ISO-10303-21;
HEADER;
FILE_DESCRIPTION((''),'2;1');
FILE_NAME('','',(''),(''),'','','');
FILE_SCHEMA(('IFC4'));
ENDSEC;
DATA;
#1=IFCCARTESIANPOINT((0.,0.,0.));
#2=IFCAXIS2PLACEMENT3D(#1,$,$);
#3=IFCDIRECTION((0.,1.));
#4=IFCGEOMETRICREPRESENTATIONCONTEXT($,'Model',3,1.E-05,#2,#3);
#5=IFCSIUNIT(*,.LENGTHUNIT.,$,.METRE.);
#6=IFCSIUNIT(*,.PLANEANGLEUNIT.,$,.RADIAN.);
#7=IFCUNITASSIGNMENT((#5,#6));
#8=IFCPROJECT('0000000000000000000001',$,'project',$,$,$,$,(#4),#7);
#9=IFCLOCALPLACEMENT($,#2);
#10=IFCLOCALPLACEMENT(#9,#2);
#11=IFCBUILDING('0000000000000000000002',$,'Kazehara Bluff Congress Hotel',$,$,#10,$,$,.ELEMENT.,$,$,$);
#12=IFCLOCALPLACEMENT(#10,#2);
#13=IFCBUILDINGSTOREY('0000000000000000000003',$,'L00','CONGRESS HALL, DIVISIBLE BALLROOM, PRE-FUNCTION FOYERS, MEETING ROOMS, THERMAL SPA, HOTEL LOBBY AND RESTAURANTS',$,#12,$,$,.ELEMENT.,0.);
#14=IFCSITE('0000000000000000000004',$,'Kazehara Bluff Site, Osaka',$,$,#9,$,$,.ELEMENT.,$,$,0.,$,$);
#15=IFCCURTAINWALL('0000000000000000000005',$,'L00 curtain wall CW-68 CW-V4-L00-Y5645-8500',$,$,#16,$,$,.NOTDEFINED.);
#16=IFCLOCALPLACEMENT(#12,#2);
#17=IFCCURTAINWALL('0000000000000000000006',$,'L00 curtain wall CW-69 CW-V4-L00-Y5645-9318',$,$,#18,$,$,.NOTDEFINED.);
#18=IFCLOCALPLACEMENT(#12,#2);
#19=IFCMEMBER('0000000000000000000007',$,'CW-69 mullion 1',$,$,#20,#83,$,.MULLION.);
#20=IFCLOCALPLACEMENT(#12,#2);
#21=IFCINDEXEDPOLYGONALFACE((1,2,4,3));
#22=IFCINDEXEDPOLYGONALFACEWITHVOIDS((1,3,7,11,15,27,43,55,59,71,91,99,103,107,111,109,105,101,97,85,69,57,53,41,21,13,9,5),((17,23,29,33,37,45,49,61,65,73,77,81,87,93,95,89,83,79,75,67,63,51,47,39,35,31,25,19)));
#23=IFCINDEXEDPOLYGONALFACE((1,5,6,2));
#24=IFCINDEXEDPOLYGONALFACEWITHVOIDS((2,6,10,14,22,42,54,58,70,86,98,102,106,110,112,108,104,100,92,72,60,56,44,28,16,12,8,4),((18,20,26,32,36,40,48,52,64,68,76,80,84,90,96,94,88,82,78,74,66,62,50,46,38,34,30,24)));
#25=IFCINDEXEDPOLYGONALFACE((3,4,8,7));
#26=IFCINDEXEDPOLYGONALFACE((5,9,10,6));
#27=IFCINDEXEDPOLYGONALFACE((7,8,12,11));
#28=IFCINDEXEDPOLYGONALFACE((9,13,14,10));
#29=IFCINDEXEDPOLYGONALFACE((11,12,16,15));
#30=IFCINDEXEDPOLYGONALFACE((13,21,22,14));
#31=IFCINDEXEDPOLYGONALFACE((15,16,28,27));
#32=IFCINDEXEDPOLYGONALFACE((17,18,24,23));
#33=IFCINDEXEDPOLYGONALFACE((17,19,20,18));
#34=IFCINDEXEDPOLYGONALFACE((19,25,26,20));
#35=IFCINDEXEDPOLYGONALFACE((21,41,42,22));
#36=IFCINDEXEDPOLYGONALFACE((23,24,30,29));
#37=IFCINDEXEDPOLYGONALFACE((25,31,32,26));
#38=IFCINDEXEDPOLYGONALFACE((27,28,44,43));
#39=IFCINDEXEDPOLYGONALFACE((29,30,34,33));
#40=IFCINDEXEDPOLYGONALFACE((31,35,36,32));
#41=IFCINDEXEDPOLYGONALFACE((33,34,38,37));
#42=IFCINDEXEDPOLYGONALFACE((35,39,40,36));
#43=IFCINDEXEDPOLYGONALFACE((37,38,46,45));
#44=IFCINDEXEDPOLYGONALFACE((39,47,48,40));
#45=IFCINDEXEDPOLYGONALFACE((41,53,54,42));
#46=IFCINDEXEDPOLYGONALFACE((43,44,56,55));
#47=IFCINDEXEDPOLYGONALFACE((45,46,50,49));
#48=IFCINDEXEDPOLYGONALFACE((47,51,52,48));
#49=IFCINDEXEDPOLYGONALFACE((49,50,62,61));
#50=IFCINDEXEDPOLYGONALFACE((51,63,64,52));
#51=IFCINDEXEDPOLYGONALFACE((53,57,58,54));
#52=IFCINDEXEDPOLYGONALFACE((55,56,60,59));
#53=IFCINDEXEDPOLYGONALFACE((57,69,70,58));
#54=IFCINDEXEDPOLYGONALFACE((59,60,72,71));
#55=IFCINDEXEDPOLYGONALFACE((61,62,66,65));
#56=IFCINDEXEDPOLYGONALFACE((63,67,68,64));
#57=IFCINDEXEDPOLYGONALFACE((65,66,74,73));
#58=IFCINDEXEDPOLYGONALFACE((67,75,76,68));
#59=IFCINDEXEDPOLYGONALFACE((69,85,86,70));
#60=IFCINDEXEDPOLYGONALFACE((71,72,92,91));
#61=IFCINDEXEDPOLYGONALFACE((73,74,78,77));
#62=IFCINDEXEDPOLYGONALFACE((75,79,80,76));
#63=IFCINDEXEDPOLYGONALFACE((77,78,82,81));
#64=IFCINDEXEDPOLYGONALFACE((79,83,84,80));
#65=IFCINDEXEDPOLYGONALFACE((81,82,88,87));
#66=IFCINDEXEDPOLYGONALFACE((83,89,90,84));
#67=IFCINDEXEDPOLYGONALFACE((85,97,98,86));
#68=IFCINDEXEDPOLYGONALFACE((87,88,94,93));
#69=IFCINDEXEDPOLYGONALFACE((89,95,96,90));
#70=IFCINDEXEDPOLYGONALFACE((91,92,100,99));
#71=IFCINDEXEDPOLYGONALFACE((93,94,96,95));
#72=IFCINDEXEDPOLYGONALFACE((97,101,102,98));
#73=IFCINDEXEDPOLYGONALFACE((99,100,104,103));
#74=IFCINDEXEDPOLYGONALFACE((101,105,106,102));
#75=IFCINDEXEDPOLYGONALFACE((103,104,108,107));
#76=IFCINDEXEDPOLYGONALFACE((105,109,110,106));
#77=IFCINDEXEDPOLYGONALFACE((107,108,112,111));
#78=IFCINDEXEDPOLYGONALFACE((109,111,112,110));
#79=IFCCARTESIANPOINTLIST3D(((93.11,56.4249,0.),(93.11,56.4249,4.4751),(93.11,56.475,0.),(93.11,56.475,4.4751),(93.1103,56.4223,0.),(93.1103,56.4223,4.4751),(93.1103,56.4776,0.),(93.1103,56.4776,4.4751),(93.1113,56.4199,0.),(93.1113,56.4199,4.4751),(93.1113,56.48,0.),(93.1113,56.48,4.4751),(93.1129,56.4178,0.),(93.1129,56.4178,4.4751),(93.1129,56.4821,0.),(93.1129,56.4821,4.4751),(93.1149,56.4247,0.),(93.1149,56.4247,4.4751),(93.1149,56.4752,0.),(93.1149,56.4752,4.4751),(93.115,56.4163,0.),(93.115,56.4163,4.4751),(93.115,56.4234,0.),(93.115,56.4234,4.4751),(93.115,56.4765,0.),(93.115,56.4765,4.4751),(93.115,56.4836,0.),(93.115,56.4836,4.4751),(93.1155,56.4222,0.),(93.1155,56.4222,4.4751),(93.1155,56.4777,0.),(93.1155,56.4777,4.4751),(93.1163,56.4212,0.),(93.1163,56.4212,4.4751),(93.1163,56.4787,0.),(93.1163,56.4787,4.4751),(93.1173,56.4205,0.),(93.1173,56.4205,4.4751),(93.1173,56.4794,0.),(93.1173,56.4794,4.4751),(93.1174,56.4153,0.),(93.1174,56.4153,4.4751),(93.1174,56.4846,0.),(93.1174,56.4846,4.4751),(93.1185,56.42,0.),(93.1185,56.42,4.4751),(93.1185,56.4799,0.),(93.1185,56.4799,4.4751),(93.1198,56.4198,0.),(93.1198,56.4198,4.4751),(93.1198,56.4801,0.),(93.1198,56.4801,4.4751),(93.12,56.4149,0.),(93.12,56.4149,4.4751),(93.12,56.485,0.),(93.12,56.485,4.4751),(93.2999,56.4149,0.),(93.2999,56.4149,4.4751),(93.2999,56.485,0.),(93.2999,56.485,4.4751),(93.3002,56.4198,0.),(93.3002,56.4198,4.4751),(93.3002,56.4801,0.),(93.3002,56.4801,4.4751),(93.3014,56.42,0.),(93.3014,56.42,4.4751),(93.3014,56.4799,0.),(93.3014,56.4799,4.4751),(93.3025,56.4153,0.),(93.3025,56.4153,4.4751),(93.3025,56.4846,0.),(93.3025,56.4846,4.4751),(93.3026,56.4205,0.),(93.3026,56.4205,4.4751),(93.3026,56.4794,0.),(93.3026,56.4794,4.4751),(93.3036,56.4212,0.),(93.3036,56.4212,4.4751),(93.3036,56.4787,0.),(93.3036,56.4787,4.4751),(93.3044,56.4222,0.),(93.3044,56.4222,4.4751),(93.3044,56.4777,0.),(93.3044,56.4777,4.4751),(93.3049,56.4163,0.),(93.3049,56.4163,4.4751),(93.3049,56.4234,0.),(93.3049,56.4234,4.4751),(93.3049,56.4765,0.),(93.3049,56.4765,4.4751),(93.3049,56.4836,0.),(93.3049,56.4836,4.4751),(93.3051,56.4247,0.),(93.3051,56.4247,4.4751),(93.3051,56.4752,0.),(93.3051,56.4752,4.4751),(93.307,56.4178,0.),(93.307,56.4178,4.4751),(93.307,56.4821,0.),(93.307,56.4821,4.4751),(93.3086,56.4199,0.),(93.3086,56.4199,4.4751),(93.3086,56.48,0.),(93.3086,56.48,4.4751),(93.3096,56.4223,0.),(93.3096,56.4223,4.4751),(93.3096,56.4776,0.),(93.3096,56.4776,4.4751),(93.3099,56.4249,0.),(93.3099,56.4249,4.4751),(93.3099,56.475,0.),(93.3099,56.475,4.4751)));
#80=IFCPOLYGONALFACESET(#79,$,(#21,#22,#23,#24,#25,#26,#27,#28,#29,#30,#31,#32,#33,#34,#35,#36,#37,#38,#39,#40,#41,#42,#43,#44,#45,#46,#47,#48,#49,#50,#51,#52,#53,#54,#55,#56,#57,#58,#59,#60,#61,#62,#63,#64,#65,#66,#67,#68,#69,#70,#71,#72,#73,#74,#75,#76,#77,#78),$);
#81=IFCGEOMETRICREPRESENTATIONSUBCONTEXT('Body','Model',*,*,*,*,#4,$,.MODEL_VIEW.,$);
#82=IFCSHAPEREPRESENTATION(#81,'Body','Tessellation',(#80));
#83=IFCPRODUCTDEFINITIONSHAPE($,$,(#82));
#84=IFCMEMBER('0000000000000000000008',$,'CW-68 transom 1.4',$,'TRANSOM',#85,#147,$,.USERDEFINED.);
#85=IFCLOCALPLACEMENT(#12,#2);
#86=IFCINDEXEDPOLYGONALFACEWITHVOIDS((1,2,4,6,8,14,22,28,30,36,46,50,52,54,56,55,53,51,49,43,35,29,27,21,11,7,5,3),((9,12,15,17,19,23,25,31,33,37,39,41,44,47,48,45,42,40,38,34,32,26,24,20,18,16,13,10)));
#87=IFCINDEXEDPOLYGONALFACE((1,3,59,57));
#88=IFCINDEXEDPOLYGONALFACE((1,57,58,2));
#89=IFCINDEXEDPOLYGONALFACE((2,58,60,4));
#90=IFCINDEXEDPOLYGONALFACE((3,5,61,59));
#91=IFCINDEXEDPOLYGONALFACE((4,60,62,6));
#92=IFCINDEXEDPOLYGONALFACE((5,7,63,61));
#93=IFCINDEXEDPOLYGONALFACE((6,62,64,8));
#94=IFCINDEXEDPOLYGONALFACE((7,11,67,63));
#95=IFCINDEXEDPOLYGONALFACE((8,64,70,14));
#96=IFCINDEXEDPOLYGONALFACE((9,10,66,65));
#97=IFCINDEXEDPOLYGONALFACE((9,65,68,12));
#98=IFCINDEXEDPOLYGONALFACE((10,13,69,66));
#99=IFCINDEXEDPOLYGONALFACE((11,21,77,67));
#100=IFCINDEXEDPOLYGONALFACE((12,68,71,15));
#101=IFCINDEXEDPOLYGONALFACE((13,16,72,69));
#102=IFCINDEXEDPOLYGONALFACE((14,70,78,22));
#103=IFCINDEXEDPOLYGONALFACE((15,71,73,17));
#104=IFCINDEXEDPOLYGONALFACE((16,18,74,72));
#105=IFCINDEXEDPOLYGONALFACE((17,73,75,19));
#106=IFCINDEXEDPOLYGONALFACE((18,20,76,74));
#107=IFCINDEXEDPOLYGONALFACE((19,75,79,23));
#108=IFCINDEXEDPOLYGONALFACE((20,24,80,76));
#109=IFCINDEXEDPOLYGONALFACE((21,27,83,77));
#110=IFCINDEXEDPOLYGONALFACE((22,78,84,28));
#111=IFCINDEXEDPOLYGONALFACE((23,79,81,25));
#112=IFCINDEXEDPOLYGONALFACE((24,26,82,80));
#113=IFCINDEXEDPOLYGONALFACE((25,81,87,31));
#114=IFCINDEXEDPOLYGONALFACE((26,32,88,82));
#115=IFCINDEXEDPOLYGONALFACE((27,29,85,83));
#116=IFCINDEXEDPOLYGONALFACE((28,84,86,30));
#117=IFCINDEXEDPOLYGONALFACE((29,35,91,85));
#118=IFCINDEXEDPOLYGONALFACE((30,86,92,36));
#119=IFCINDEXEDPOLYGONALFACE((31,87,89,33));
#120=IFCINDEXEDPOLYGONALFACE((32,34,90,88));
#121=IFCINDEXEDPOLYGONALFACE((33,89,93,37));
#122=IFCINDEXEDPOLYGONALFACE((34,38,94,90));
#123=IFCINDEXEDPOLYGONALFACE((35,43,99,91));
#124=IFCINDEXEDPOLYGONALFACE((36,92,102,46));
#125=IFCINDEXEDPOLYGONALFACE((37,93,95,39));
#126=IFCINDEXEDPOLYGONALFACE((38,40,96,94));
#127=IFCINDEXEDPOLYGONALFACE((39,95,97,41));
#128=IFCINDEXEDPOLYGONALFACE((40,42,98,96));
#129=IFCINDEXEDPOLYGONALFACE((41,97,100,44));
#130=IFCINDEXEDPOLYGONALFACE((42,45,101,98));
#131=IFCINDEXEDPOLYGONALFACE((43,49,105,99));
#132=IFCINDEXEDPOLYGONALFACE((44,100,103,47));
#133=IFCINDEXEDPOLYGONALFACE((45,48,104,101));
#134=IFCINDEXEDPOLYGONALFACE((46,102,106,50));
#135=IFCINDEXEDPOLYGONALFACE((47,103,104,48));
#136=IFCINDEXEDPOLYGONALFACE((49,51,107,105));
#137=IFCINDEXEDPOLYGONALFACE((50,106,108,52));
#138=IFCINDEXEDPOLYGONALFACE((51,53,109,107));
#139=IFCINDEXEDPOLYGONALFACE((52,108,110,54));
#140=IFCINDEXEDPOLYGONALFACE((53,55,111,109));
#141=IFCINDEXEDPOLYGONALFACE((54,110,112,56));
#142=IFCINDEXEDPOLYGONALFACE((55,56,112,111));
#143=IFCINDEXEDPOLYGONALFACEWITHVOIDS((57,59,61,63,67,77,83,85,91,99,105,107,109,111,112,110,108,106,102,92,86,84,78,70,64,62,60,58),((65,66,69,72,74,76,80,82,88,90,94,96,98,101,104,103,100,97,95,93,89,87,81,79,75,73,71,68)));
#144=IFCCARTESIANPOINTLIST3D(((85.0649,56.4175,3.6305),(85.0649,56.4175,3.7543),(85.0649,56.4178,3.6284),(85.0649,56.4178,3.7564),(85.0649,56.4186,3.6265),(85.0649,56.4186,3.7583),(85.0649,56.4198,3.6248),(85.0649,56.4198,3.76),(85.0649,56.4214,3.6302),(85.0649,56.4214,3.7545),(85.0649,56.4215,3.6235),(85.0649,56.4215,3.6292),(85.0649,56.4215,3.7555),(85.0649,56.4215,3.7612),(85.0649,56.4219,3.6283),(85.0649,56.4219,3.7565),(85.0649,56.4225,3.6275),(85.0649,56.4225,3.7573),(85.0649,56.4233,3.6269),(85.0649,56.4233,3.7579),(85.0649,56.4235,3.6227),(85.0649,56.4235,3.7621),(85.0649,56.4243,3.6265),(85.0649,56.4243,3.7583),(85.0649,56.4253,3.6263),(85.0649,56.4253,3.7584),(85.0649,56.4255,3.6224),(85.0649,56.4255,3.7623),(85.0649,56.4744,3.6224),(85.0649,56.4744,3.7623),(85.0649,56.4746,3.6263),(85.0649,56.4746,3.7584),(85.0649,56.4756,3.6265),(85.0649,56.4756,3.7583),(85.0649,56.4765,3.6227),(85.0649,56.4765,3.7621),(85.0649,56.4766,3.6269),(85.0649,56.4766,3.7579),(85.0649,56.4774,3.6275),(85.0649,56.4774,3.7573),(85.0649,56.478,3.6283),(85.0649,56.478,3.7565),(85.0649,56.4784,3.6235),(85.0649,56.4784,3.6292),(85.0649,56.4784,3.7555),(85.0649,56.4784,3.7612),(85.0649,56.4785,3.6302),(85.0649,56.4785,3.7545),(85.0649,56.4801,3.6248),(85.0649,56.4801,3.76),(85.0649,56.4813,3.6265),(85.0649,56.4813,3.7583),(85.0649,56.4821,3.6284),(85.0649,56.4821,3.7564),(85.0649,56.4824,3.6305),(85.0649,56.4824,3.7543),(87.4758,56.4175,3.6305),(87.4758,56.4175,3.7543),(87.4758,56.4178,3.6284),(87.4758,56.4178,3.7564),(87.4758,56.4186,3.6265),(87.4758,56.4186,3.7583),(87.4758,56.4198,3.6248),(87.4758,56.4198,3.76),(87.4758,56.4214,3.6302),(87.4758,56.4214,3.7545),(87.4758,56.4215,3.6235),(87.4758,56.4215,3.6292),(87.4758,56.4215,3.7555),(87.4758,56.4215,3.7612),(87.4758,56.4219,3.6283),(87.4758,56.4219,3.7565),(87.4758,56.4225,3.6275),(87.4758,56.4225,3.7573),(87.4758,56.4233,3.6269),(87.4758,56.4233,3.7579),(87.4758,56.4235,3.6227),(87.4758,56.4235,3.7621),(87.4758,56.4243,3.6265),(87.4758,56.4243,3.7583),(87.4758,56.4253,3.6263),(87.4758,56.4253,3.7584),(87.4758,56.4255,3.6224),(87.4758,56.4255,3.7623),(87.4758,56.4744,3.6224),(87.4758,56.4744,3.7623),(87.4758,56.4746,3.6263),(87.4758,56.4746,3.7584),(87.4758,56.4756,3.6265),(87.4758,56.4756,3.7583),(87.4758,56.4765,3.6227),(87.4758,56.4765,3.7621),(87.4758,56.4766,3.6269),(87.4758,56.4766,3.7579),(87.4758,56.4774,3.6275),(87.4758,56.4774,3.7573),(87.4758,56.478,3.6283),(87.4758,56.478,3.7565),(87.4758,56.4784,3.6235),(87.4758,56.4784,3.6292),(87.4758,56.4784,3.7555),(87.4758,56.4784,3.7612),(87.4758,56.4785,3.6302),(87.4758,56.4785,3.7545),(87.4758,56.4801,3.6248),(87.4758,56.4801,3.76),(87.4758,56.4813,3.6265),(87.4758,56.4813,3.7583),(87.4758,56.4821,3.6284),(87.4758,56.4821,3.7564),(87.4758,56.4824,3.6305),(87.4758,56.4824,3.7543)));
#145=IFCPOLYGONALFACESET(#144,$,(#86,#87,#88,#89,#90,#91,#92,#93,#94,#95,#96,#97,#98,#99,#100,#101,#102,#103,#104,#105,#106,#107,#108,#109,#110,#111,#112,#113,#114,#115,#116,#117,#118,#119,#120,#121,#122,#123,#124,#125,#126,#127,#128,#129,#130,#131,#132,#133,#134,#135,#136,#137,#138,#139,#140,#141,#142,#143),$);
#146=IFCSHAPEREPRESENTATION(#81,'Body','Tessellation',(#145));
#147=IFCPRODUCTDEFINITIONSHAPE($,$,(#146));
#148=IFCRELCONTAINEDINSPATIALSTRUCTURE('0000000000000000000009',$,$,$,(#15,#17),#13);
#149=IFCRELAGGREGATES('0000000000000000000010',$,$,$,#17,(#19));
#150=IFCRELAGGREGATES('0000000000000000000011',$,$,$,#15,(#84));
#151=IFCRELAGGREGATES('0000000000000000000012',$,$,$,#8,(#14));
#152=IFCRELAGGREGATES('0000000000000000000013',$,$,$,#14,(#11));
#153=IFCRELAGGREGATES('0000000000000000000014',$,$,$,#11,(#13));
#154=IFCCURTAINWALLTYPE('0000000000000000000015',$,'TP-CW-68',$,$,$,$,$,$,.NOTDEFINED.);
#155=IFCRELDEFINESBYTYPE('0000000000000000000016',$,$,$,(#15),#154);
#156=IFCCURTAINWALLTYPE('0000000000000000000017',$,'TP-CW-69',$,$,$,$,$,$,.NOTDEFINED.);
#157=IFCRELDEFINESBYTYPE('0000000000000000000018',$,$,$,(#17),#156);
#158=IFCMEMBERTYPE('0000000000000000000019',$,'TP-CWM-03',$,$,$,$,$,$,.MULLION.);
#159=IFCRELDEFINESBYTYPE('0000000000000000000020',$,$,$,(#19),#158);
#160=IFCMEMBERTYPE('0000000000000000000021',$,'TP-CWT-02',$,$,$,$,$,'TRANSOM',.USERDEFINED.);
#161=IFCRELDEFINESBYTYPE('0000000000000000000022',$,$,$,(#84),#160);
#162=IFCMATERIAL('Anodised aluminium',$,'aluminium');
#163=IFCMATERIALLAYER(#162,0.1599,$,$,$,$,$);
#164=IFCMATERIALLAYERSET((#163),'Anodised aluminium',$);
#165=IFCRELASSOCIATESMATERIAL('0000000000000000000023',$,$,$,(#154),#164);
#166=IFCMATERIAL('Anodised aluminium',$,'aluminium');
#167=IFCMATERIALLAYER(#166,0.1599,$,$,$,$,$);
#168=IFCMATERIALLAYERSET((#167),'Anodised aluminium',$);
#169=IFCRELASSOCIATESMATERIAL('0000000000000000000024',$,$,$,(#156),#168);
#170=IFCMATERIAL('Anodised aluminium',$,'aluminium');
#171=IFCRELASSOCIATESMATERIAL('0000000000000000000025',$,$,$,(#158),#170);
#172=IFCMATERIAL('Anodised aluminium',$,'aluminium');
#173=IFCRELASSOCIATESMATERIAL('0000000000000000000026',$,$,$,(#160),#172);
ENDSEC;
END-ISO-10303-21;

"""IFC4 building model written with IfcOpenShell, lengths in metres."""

from ifc_helpers import new_model, si_unit, direction, frame, origin, origin_2d, place, context, subcontext, project, spatial, hollow_rectangle, extrude, material, layer, layer_set, material_profile, profile_set, type_object, element, aggregate, save


model = new_model("IFC4")

# Units and contexts
model_context = context("Model", 3, precision=1e-05, world=origin(), true_north=direction((0.0, 1.0)))
body_context = subcontext(model_context, "Body", "Model", "MODEL_VIEW")
ifc_project = project(units=[si_unit("LENGTHUNIT", "METRE"), si_unit("PLANEANGLEUNIT", "RADIAN")], contexts=[model_context])

# Site, building, storey
site_placement = place(None, origin())
site = spatial("IfcSite", under=ifc_project, at=site_placement, Name="Kazehara Bluff Site, Osaka", CompositionType="ELEMENT", RefElevation=0.0)
building_placement = place(site_placement, origin())
building = spatial("IfcBuilding", under=site, at=building_placement, Name="Kazehara Bluff Congress Hotel", CompositionType="ELEMENT")
storey_placement = place(building_placement, origin())
storey = spatial("IfcBuildingStorey", under=building, at=storey_placement, Name="L00", Description="CONGRESS HALL, DIVISIBLE BALLROOM, PRE-FUNCTION FOYERS, MEETING ROOMS, THERMAL SPA, HOTEL LOBBY AND RESTAURANTS", CompositionType="ELEMENT", Elevation=0.0)

# Curtain wall
ifc_material_1 = material(Name="Anodised aluminium", Category="aluminium")
ifc_layer_1 = layer(ifc_material_1, 0.1599)
ifc_layer_set_1 = layer_set([ifc_layer_1], Name="Anodised aluminium")
curtain_wall_type_1 = type_object("IfcCurtainWallType", Name="TP-CW-68", PredefinedType="NOTDEFINED", material=ifc_layer_set_1)
curtain_wall_1_placement = place(storey_placement, origin())
curtain_wall_1 = element("IfcCurtainWall", 1, at=curtain_wall_1_placement, inside=storey, type_object=curtain_wall_type_1, Name="L00 curtain wall CW-68 CW-V4-L00-Y5645-8500", PredefinedType="NOTDEFINED")

# Curtain wall, member
ifc_material_2 = material(Name="Anodised aluminium", Category="aluminium")
ifc_layer_2 = layer(ifc_material_2, 0.1599)
ifc_layer_set_2 = layer_set([ifc_layer_2], Name="Anodised aluminium")
curtain_wall_type_2 = type_object("IfcCurtainWallType", Name="TP-CW-69", PredefinedType="NOTDEFINED", material=ifc_layer_set_2)
curtain_wall_2_placement = place(storey_placement, origin())
curtain_wall_2 = element("IfcCurtainWall", 2, at=curtain_wall_2_placement, inside=storey, type_object=curtain_wall_type_2, Name="L00 curtain wall CW-69 CW-V4-L00-Y5645-9318", PredefinedType="NOTDEFINED")
ifc_material_3 = material(Name="Anodised aluminium", Category="aluminium")
ifc_material_profile_1 = material_profile(ifc_material_3, hollow_rectangle(XDim=0.0701, YDim=0.2, WallThickness=0.0049, InnerFilletRadius=0.0049, OuterFilletRadius=0.01, at=origin_2d()))
ifc_profile_set_1 = profile_set([ifc_material_profile_1], Name="Anodised aluminium")
member_type_1 = type_object("IfcMemberType", Name="TP-CWM-03", PredefinedType="MULLION", material=ifc_profile_set_1)
member_1_placement = place(storey_placement, frame((93.21, 56.45, 0.0), z_axis=(0.0, 0.0, 1.0), x_axis=(0.0, 1.0, 0.0)))
member_1 = element("IfcMember", 3, at=member_1_placement, type_object=member_type_1, Name="CW-69 mullion 1", PredefinedType="MULLION", context=body_context, shape_type="SweptSolid", body=[
    extrude(hollow_rectangle(XDim=0.0701, YDim=0.2, WallThickness=0.0049, InnerFilletRadius=0.0049, OuterFilletRadius=0.01, at=origin_2d()), origin(), (0.0, 0.0, 1.0), 4.4751),
])

# Member
ifc_material_4 = material(Name="Anodised aluminium", Category="aluminium")
ifc_material_profile_2 = material_profile(ifc_material_4, hollow_rectangle(XDim=0.0649, YDim=0.1399, WallThickness=0.0039, InnerFilletRadius=0.0039, OuterFilletRadius=0.0081, at=origin_2d()))
ifc_profile_set_2 = profile_set([ifc_material_profile_2], Name="Anodised aluminium")
member_type_2 = type_object("IfcMemberType", Name="TP-CWT-02", ElementType="TRANSOM", PredefinedType="USERDEFINED", material=ifc_profile_set_2)
member_2_placement = place(storey_placement, frame((85.0649, 56.45, 3.6924), z_axis=(1.0, 0.0, 0.0), x_axis=(0.0, 1.0, 0.0)))
member_2 = element("IfcMember", 4, at=member_2_placement, type_object=member_type_2, Name="CW-68 transom 1.4", ObjectType="TRANSOM", PredefinedType="USERDEFINED", context=body_context, shape_type="SweptSolid", body=[
    extrude(hollow_rectangle(XDim=0.0649, YDim=0.1399, WallThickness=0.0039, InnerFilletRadius=0.0039, OuterFilletRadius=0.0081, at=origin_2d()), origin(), (0.0, 0.0, 1.0), 2.4109),
])
aggregate(curtain_wall_2, [member_1])

aggregate(curtain_wall_1, [member_2])

save(model, "model.ifc")
